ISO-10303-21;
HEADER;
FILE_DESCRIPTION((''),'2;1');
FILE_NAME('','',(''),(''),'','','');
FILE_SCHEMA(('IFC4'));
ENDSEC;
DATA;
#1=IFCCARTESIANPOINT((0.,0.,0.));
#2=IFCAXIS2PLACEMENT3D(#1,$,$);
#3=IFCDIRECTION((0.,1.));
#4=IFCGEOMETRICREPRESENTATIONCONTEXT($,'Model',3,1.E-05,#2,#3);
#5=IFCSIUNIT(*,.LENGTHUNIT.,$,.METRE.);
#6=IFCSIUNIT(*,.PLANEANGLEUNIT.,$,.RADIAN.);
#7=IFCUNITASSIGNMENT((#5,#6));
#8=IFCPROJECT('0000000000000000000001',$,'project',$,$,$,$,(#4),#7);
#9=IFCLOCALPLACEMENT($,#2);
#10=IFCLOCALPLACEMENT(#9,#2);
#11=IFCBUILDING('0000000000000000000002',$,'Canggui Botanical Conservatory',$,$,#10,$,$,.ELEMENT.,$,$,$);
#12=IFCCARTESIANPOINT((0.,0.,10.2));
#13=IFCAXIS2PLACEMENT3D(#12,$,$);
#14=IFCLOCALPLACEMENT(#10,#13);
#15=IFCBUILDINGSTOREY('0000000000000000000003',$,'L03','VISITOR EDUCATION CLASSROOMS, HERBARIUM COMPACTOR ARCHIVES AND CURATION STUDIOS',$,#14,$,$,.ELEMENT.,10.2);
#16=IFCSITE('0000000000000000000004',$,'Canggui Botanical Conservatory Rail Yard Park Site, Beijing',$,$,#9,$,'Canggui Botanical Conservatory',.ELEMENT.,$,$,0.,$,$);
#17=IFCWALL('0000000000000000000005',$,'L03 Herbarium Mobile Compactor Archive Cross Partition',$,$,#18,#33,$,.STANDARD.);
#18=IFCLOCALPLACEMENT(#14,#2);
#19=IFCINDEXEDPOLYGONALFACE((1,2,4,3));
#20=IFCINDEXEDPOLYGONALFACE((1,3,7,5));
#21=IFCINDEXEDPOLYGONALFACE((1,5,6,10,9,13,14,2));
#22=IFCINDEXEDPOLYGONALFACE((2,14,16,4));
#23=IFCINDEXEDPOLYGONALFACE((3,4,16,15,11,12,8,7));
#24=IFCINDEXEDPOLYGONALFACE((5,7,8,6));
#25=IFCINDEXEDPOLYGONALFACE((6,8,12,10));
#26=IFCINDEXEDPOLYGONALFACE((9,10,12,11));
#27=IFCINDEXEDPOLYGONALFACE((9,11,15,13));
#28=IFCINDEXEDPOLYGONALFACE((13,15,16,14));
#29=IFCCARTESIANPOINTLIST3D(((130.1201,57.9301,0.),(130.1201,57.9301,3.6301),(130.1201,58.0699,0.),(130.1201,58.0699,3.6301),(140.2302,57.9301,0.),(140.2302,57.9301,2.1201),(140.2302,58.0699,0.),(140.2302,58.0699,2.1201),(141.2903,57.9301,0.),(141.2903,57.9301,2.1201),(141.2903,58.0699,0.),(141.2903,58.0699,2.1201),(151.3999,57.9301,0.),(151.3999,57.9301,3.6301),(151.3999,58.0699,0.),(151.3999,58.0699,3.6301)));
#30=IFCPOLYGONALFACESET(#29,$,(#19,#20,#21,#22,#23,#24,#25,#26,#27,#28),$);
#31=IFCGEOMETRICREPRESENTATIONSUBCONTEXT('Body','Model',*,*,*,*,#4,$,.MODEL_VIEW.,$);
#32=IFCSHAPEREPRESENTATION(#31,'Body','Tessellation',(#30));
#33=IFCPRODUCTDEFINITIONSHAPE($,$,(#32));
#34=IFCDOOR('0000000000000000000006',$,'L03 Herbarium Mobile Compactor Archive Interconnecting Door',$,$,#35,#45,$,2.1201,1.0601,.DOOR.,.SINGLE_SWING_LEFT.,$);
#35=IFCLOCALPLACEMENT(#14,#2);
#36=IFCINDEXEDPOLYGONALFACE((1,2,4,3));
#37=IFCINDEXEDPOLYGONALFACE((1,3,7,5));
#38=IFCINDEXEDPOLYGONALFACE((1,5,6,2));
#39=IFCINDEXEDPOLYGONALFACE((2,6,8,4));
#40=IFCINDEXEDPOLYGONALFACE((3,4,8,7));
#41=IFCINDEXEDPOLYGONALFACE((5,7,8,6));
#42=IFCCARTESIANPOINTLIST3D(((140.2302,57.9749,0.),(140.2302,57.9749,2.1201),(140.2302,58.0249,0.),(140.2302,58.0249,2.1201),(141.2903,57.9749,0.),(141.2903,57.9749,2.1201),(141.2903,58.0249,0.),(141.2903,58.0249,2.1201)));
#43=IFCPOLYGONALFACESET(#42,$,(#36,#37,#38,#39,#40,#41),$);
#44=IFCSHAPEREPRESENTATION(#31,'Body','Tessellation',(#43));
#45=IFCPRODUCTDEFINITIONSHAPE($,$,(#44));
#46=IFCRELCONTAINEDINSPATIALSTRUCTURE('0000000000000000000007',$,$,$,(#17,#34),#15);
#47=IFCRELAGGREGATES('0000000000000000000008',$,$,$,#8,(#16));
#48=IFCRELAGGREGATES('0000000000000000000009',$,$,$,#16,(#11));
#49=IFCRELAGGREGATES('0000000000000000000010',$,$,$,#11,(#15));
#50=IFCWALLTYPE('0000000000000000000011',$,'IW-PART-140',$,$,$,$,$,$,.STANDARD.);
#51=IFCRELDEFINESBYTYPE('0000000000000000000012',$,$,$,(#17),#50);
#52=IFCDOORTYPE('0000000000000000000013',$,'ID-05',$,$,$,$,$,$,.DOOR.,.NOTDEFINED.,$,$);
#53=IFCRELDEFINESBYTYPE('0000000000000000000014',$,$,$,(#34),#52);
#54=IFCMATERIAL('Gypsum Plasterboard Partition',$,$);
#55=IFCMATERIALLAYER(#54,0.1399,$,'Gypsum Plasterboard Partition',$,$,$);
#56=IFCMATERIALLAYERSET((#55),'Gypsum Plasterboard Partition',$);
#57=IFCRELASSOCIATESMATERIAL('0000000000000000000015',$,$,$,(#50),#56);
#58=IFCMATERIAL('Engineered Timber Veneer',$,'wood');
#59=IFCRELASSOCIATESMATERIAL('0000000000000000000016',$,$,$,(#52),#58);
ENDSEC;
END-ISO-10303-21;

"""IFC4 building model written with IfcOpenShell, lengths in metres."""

from ifc_helpers import new_model, si_unit, direction, frame, frame_2d, origin, place, context, subcontext, project, spatial, rectangle, extrude, material, layer, layer_set, type_object, element, fill, save


model = new_model("IFC4")

# Units and contexts
model_context = context("Model", 3, precision=1e-05, world=origin(), true_north=direction((0.0, 1.0)))
body_context = subcontext(model_context, "Body", "Model", "MODEL_VIEW")
ifc_project = project(units=[si_unit("LENGTHUNIT", "METRE"), si_unit("PLANEANGLEUNIT", "RADIAN")], contexts=[model_context])

# Site, building, storey
site_placement = place(None, origin())
site = spatial("IfcSite", under=ifc_project, at=site_placement, Name="Canggui Botanical Conservatory Rail Yard Park Site, Beijing", LongName="Canggui Botanical Conservatory", CompositionType="ELEMENT", RefElevation=0.0)
building_placement = place(site_placement, origin())
building = spatial("IfcBuilding", under=site, at=building_placement, Name="Canggui Botanical Conservatory", CompositionType="ELEMENT")
storey_placement = place(building_placement, frame((0.0, 0.0, 10.2)))
storey = spatial("IfcBuildingStorey", under=building, at=storey_placement, Name="L03", Description="VISITOR EDUCATION CLASSROOMS, HERBARIUM COMPACTOR ARCHIVES AND CURATION STUDIOS", CompositionType="ELEMENT", Elevation=10.2)

# Wall, opening, door
ifc_material_1 = material(Name="Gypsum Plasterboard Partition")
ifc_layer_1 = layer(ifc_material_1, 0.1399, Name="Gypsum Plasterboard Partition")
ifc_layer_set_1 = layer_set([ifc_layer_1], Name="Gypsum Plasterboard Partition")
wall_type_1 = type_object("IfcWallType", Name="IW-PART-140", PredefinedType="STANDARD", material=ifc_layer_set_1)
wall_1_placement = place(storey_placement, frame((130.1201, 58.0, 0.0), z_axis=(0.0, 0.0, 1.0), x_axis=(1.0, 0.0, 0.0)))
wall_1 = element("IfcWall", 1, at=wall_1_placement, inside=storey, type_object=wall_type_1, Name="L03 Herbarium Mobile Compactor Archive Cross Partition", PredefinedType="STANDARD", context=body_context, shape_type="SweptSolid", body=[
    extrude(rectangle(XDim=21.2798, YDim=0.1399, at=frame_2d((10.6399, 0.0))), origin(), (0.0, 0.0, 1.0), 3.6301),
])
opening_1_placement = place(wall_1_placement, frame((10.1101, 0.0, 0.0)))
opening_1 = element("IfcOpeningElement", 2, at=opening_1_placement, cuts=wall_1, PredefinedType="OPENING", context=body_context, shape_type="SweptSolid", body=[
    extrude(rectangle(XDim=1.0601, YDim=2.1201, at=frame_2d((0.53, 1.0601))), frame((0.0, 0.0801, 0.0), z_axis=(0.0, -1.0, 0.0), x_axis=(1.0, 0.0, 0.0)), (0.0, 0.0, 1.0), 0.1599),
])
ifc_material_2 = material(Name="Engineered Timber Veneer", Category="wood")
door_type = type_object("IfcDoorType", Name="ID-05", OperationType="NOTDEFINED", PredefinedType="DOOR", material=ifc_material_2)
door_placement = place(opening_1_placement, origin())
door = element("IfcDoor", 3, at=door_placement, inside=storey, type_object=door_type, Name="L03 Herbarium Mobile Compactor Archive Interconnecting Door", OperationType="SINGLE_SWING_LEFT", OverallHeight=2.1201, OverallWidth=1.0601, PredefinedType="DOOR", context=body_context, shape_type="SweptSolid", body=[
    extrude(rectangle(XDim=1.0601, YDim=2.1201, at=frame_2d((0.53, 1.0601))), frame((0.0, 0.0249, 0.0), z_axis=(0.0, -1.0, 0.0), x_axis=(1.0, 0.0, 0.0)), (0.0, 0.0, 1.0), 0.05),
])
fill(opening_1, door)

save(model, "model.ifc")
